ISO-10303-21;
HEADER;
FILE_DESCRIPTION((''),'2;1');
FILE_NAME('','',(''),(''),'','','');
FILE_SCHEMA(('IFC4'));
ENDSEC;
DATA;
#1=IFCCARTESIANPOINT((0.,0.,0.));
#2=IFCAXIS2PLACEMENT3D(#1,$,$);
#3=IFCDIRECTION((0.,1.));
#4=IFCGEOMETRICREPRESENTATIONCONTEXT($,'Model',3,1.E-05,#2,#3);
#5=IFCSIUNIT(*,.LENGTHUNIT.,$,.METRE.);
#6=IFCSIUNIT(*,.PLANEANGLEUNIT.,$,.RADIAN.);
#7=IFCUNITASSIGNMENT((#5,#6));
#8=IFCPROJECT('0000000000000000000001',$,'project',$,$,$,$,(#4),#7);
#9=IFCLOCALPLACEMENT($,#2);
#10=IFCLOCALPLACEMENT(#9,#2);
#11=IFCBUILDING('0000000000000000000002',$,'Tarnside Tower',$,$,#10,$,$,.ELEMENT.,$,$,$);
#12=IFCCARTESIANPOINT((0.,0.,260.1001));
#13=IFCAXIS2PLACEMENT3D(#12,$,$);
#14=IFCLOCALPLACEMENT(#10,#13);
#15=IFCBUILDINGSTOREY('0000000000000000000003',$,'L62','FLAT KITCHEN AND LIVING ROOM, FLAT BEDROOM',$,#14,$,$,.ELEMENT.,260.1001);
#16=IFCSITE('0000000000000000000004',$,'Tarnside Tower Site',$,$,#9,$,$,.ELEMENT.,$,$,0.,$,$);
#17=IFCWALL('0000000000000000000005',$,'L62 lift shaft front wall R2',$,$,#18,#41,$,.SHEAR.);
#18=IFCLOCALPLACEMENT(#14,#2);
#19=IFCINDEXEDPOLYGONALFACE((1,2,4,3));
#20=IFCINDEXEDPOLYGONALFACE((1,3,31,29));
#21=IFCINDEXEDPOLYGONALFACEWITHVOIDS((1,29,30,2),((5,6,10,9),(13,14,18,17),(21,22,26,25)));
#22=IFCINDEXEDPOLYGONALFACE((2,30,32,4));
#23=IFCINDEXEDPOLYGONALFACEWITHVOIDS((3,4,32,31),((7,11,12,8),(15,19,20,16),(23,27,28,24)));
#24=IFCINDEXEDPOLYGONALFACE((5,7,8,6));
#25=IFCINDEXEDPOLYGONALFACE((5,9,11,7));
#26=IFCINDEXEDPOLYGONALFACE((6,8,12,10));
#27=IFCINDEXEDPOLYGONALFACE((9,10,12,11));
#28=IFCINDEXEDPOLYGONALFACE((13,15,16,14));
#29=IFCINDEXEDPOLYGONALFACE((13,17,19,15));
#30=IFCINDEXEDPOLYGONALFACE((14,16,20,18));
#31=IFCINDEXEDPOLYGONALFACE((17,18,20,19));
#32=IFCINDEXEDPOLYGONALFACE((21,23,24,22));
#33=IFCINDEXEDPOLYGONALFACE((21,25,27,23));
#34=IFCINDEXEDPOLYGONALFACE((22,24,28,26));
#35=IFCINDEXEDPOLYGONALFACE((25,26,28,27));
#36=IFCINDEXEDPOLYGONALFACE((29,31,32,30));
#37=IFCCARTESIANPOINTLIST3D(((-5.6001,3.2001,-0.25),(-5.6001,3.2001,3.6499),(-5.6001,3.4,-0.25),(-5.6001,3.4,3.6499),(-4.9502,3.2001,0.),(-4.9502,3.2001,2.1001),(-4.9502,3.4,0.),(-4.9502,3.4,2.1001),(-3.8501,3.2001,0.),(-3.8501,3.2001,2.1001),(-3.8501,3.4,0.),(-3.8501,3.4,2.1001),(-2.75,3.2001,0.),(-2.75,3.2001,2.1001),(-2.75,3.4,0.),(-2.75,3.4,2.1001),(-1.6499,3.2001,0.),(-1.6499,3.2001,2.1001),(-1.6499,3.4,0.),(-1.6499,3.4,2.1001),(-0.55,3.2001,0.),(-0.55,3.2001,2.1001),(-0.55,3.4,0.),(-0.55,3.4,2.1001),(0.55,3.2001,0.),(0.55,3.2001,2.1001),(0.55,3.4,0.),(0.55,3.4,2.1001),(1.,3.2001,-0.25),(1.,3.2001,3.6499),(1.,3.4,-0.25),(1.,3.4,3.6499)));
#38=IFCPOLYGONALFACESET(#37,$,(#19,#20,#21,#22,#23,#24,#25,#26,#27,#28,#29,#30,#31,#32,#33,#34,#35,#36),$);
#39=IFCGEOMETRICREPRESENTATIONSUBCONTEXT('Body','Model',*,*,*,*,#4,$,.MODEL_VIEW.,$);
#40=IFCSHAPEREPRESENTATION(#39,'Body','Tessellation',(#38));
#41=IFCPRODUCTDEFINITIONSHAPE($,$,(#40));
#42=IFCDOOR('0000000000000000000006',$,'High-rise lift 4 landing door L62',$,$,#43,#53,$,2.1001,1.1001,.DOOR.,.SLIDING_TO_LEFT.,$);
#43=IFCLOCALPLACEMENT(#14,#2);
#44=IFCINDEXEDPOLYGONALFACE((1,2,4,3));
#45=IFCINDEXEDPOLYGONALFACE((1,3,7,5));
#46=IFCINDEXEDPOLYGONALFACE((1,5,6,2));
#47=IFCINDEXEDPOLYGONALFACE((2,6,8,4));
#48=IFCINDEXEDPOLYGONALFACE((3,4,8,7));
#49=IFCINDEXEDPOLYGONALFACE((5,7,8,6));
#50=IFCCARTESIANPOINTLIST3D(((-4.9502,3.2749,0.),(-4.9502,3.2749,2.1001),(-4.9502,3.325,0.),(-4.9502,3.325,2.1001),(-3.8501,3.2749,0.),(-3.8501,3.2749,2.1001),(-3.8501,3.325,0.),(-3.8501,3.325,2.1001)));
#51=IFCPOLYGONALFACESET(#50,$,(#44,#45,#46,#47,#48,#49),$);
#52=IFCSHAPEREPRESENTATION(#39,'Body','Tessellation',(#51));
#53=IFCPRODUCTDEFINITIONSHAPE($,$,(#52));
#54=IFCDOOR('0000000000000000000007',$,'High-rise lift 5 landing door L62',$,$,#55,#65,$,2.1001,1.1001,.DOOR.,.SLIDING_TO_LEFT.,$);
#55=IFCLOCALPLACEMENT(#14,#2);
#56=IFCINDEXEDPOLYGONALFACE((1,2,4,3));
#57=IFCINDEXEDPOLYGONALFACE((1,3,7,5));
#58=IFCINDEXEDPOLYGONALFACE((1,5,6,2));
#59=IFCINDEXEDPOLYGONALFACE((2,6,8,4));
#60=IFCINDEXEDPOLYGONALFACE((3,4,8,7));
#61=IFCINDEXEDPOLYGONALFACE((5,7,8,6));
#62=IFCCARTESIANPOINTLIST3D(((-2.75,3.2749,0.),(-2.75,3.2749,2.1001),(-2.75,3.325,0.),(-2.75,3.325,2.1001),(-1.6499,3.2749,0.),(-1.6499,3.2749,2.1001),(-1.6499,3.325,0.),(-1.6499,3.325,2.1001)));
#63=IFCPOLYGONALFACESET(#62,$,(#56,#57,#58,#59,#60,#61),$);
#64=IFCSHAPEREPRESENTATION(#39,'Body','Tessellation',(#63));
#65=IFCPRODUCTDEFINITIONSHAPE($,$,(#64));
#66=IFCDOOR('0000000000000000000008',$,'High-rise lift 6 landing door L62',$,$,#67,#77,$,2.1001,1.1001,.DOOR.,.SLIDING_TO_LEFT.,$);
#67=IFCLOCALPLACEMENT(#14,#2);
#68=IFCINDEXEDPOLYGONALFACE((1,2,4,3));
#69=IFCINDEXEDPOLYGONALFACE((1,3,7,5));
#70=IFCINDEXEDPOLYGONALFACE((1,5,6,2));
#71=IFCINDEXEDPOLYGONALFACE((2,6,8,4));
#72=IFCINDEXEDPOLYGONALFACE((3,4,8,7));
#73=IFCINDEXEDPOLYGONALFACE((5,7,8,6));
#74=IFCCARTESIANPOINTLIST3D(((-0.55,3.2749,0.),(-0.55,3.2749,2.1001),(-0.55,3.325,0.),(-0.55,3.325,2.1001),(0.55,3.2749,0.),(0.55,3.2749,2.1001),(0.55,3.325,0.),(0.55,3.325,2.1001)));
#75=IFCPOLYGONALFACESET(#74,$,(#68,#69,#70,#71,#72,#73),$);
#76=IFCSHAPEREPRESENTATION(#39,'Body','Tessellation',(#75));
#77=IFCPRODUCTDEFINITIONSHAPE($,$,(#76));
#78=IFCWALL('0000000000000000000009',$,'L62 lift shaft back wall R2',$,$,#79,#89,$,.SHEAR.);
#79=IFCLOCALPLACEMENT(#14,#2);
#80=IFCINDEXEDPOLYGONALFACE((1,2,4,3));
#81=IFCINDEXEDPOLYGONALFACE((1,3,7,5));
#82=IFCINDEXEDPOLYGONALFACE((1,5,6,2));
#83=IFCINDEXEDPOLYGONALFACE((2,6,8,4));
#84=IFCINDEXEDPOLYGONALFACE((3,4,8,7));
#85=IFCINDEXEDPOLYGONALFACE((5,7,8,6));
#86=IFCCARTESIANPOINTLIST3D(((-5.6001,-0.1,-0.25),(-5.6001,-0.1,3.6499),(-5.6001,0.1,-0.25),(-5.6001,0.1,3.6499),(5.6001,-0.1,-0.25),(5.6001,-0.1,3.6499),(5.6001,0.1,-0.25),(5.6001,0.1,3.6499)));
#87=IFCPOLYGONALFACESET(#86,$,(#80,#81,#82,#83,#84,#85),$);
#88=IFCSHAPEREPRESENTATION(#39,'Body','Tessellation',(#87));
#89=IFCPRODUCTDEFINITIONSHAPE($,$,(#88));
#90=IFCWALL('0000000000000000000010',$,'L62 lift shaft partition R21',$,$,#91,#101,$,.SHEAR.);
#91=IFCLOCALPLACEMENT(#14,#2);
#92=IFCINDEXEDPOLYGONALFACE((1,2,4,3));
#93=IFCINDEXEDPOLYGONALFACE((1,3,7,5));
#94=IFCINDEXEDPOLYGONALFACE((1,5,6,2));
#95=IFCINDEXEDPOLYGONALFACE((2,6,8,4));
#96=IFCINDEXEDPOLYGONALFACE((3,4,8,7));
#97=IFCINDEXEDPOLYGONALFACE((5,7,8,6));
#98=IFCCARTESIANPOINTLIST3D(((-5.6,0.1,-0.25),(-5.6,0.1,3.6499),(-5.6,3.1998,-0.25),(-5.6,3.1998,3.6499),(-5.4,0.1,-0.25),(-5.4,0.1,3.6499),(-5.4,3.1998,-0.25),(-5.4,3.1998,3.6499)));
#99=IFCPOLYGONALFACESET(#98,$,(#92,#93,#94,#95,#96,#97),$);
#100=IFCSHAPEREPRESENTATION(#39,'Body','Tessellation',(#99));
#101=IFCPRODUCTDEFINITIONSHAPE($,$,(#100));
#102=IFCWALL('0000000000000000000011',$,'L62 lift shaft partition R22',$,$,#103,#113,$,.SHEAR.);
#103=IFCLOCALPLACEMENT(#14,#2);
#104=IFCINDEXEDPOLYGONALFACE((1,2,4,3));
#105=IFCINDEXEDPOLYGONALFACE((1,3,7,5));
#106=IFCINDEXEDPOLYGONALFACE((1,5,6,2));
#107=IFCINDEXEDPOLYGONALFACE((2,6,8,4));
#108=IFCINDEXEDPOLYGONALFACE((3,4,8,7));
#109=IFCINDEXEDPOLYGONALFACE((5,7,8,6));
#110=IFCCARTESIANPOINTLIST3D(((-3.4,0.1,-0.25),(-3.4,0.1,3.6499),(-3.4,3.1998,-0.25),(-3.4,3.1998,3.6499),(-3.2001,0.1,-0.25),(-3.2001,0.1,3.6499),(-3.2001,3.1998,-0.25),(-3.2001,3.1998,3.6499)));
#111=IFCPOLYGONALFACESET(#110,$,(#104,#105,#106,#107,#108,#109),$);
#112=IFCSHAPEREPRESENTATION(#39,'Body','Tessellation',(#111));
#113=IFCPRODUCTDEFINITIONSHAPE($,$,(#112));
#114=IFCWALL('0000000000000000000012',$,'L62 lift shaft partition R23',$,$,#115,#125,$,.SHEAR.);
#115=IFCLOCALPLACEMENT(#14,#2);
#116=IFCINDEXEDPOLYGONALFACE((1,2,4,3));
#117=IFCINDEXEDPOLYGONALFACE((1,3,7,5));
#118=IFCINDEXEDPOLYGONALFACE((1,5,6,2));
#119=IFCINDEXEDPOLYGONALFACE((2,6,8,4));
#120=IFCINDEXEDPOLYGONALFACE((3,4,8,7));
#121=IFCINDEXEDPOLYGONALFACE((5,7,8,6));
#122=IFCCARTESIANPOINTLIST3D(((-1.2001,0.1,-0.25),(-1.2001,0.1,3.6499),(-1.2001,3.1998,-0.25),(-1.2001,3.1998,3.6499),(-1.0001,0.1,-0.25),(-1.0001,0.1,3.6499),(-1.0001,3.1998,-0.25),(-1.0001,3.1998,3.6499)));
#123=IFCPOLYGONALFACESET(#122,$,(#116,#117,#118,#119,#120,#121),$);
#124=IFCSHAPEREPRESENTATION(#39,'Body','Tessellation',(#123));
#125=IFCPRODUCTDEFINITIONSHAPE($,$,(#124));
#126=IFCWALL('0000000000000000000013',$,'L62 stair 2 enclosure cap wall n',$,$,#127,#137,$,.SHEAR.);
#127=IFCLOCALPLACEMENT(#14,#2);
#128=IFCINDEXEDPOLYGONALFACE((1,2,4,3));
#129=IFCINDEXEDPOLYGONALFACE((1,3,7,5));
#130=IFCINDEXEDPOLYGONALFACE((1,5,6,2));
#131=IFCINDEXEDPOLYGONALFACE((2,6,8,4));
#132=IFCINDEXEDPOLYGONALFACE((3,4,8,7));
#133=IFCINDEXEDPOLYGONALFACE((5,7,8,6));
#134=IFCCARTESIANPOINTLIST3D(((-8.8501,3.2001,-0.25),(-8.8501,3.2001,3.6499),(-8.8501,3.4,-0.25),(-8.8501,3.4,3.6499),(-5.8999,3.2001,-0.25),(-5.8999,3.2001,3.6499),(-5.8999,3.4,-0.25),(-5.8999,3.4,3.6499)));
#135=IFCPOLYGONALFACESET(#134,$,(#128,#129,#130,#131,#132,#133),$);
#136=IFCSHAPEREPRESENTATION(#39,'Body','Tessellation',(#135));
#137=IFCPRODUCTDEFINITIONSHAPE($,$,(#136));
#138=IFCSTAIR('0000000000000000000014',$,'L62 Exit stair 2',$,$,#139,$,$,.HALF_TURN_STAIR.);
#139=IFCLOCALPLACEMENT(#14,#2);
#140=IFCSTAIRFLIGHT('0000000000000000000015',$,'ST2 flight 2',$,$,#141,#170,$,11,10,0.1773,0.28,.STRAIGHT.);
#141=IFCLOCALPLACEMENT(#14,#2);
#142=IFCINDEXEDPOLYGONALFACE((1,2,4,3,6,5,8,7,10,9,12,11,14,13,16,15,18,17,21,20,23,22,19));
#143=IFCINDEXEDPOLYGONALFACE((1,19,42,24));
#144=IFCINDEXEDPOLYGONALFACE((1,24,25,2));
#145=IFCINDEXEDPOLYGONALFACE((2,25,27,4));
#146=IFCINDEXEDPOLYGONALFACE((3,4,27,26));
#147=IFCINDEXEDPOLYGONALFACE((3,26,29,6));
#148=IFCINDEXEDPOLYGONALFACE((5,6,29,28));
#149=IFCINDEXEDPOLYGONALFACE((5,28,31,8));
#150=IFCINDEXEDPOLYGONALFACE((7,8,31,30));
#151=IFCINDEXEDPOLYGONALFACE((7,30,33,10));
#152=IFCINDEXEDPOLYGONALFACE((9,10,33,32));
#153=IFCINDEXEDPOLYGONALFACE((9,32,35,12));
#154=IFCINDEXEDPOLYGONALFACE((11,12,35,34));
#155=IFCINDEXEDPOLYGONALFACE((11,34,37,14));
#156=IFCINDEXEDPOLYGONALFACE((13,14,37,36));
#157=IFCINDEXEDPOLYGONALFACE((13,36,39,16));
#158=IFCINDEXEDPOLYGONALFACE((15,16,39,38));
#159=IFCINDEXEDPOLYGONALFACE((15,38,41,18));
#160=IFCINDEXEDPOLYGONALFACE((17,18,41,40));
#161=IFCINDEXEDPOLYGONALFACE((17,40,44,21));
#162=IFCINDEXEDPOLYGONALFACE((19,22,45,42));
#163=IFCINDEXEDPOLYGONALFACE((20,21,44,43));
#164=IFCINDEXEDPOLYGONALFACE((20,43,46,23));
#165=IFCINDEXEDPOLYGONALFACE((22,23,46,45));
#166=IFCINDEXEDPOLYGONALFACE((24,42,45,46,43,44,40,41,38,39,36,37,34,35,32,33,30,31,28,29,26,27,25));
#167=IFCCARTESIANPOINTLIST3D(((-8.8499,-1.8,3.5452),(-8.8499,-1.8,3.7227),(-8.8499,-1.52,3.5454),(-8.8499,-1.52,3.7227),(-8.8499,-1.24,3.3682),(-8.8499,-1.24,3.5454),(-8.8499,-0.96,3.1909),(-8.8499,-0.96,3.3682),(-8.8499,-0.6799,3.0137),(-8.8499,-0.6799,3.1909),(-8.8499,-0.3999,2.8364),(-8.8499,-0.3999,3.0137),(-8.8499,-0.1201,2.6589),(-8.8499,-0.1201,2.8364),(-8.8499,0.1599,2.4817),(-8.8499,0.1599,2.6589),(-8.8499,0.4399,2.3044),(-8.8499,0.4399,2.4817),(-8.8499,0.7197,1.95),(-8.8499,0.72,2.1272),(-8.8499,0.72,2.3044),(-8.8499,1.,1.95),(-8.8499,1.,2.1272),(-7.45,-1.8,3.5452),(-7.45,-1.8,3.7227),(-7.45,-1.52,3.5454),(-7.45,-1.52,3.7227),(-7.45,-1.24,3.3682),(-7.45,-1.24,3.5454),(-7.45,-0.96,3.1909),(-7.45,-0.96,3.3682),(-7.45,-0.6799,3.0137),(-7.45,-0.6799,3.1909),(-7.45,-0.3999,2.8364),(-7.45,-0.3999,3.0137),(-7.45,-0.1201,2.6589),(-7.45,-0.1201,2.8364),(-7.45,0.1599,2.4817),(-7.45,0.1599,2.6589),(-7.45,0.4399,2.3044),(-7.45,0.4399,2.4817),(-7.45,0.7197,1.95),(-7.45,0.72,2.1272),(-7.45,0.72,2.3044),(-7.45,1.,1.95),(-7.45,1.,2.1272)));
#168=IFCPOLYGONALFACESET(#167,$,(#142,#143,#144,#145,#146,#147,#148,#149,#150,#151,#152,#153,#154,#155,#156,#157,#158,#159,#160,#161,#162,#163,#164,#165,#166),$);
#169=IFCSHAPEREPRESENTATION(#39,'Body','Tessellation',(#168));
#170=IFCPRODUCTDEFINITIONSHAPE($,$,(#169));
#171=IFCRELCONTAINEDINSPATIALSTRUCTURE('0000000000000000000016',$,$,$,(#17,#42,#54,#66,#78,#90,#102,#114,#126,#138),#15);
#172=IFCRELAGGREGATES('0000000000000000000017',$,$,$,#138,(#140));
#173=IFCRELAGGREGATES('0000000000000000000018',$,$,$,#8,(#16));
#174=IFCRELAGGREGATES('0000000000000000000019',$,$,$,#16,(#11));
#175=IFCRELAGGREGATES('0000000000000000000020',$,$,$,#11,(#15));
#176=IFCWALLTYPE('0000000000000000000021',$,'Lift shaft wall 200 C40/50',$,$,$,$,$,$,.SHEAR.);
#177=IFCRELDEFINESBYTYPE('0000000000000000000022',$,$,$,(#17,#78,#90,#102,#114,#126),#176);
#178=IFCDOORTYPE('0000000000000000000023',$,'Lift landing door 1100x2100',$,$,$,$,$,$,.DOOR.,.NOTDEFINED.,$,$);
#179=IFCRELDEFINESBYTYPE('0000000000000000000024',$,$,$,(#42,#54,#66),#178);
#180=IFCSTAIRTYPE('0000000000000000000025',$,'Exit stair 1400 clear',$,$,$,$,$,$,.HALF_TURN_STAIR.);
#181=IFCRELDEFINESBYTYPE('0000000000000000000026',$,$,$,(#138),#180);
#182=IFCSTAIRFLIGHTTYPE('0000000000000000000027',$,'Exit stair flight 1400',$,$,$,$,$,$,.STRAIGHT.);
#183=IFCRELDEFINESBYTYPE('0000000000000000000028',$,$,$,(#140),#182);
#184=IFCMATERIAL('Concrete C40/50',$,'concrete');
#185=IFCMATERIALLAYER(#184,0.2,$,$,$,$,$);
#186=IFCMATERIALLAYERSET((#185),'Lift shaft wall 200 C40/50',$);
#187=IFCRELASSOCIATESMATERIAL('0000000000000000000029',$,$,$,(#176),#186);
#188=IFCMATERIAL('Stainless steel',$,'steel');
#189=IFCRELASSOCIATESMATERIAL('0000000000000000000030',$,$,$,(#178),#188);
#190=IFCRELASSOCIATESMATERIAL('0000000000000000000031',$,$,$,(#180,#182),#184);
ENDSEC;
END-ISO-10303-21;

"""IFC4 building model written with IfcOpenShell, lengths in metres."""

from ifc_helpers import new_model, si_unit, direction, frame, frame_2d, origin, place, context, subcontext, project, spatial, polyline, rectangle, outline, extrude, material, layer, layer_set, type_object, element, fill, aggregate, save


model = new_model("IFC4")

# Units and contexts
model_context = context("Model", 3, precision=1e-05, world=origin(), true_north=direction((0.0, 1.0)))
body_context = subcontext(model_context, "Body", "Model", "MODEL_VIEW")
ifc_project = project(units=[si_unit("LENGTHUNIT", "METRE"), si_unit("PLANEANGLEUNIT", "RADIAN")], contexts=[model_context])

# Site, building, storey
site_placement = place(None, origin())
site = spatial("IfcSite", under=ifc_project, at=site_placement, Name="Tarnside Tower Site", CompositionType="ELEMENT", RefElevation=0.0)
building_placement = place(site_placement, origin())
building = spatial("IfcBuilding", under=site, at=building_placement, Name="Tarnside Tower", CompositionType="ELEMENT")
storey_placement = place(building_placement, frame((0.0, 0.0, 260.1001)))
storey = spatial("IfcBuildingStorey", under=building, at=storey_placement, Name="L62", Description="FLAT KITCHEN AND LIVING ROOM, FLAT BEDROOM", CompositionType="ELEMENT", Elevation=260.1001)

# Shared definitions
ifc_material_1 = material(Name="Concrete C40/50", Category="concrete")
ifc_layer_1 = layer(ifc_material_1, 0.2)
ifc_layer_set_1 = layer_set([ifc_layer_1], Name="Lift shaft wall 200 C40/50")
wall_type_1 = type_object("IfcWallType", Name="Lift shaft wall 200 C40/50", PredefinedType="SHEAR", material=ifc_layer_set_1)
ifc_material_2 = material(Name="Stainless steel", Category="steel")
door_type_1 = type_object("IfcDoorType", Name="Lift landing door 1100x2100", OperationType="NOTDEFINED", PredefinedType="DOOR", material=ifc_material_2)

# Wall, openings, doors
wall_1_placement = place(storey_placement, frame((-5.6001, 3.3, -0.25), z_axis=(0.0, 0.0, 1.0), x_axis=(1.0, 0.0, 0.0)))
wall_1 = element("IfcWall", 1, at=wall_1_placement, inside=storey, type_object=wall_type_1, Name="L62 lift shaft front wall R2", PredefinedType="SHEAR", context=body_context, shape_type="SweptSolid", body=[
    extrude(rectangle(XDim=6.6001, YDim=0.2, at=frame_2d((3.3, 0.0))), origin(), (0.0, 0.0, 1.0), 3.8999),
])
opening_1_placement = place(wall_1_placement, frame((0.6499, 0.0, 0.25)))
opening_1 = element("IfcOpeningElement", 2, at=opening_1_placement, cuts=wall_1, PredefinedType="OPENING", context=body_context, shape_type="SweptSolid", body=[
    extrude(rectangle(XDim=1.1001, YDim=2.1001, at=frame_2d((0.55, 1.05))), frame((0.0, 0.1099, 0.0), z_axis=(0.0, -1.0, 0.0), x_axis=(1.0, 0.0, 0.0)), (0.0, 0.0, 1.0), 0.22),
])
opening_2_placement = place(wall_1_placement, frame((2.8501, 0.0, 0.25)))
opening_2 = element("IfcOpeningElement", 3, at=opening_2_placement, cuts=wall_1, PredefinedType="OPENING", context=body_context, shape_type="SweptSolid", body=[
    extrude(rectangle(XDim=1.1001, YDim=2.1001, at=frame_2d((0.55, 1.05))), frame((0.0, 0.1099, 0.0), z_axis=(0.0, -1.0, 0.0), x_axis=(1.0, 0.0, 0.0)), (0.0, 0.0, 1.0), 0.22),
])
opening_3_placement = place(wall_1_placement, frame((5.05, 0.0, 0.25)))
opening_3 = element("IfcOpeningElement", 4, at=opening_3_placement, cuts=wall_1, PredefinedType="OPENING", context=body_context, shape_type="SweptSolid", body=[
    extrude(rectangle(XDim=1.1001, YDim=2.1001, at=frame_2d((0.55, 1.05))), frame((0.0, 0.1099, 0.0), z_axis=(0.0, -1.0, 0.0), x_axis=(1.0, 0.0, 0.0)), (0.0, 0.0, 1.0), 0.22),
])
door_1_placement = place(opening_1_placement, origin())
door_1 = element("IfcDoor", 5, at=door_1_placement, inside=storey, type_object=door_type_1, Name="High-rise lift 4 landing door L62", OperationType="SLIDING_TO_LEFT", OverallHeight=2.1001, OverallWidth=1.1001, PredefinedType="DOOR", context=body_context, shape_type="SweptSolid", body=[
    extrude(rectangle(XDim=1.1001, YDim=2.1001, at=frame_2d((0.55, 1.05))), frame((0.0, 0.0249, 0.0), z_axis=(0.0, -1.0, 0.0), x_axis=(1.0, 0.0, 0.0)), (0.0, 0.0, 1.0), 0.05),
])
fill(opening_1, door_1)
door_2_placement = place(opening_2_placement, origin())
door_2 = element("IfcDoor", 6, at=door_2_placement, inside=storey, type_object=door_type_1, Name="High-rise lift 5 landing door L62", OperationType="SLIDING_TO_LEFT", OverallHeight=2.1001, OverallWidth=1.1001, PredefinedType="DOOR", context=body_context, shape_type="SweptSolid", body=[
    extrude(rectangle(XDim=1.1001, YDim=2.1001, at=frame_2d((0.55, 1.05))), frame((0.0, 0.0249, 0.0), z_axis=(0.0, -1.0, 0.0), x_axis=(1.0, 0.0, 0.0)), (0.0, 0.0, 1.0), 0.05),
])
fill(opening_2, door_2)
door_3_placement = place(opening_3_placement, origin())
door_3 = element("IfcDoor", 7, at=door_3_placement, inside=storey, type_object=door_type_1, Name="High-rise lift 6 landing door L62", OperationType="SLIDING_TO_LEFT", OverallHeight=2.1001, OverallWidth=1.1001, PredefinedType="DOOR", context=body_context, shape_type="SweptSolid", body=[
    extrude(rectangle(XDim=1.1001, YDim=2.1001, at=frame_2d((0.55, 1.05))), frame((0.0, 0.0249, 0.0), z_axis=(0.0, -1.0, 0.0), x_axis=(1.0, 0.0, 0.0)), (0.0, 0.0, 1.0), 0.05),
])
fill(opening_3, door_3)

# Walls
wall_2_placement = place(storey_placement, frame((-5.6001, 0.0, -0.25), z_axis=(0.0, 0.0, 1.0), x_axis=(1.0, 0.0, 0.0)))
element("IfcWall", 8, at=wall_2_placement, inside=storey, type_object=wall_type_1, Name="L62 lift shaft back wall R2", PredefinedType="SHEAR", context=body_context, shape_type="SweptSolid", body=[
    extrude(rectangle(XDim=11.2002, YDim=0.2, at=frame_2d((5.6001, 0.0))), origin(), (0.0, 0.0, 1.0), 3.8999),
])
for number, where, z_axis, x_axis, name in (
    (9, (-5.5, 0.1001, -0.25), (0.0, 0.0, 1.0), (0.0, 1.0, 0.0), "L62 lift shaft partition R21"),
    (10, (-3.3, 0.1001, -0.25), (0.0, 0.0, 1.0), (0.0, 1.0, 0.0), "L62 lift shaft partition R22"),
    (11, (-1.1001, 0.1001, -0.25), (0.0, 0.0, 1.0), (0.0, 1.0, 0.0), "L62 lift shaft partition R23"),
):
    element("IfcWall", number, at=place(storey_placement, frame(where, z_axis=z_axis, x_axis=x_axis)), inside=storey, type_object=wall_type_1, Name=name, PredefinedType="SHEAR", context=body_context, shape_type="SweptSolid", body=[
        extrude(rectangle(XDim=3.0999, YDim=0.2, at=frame_2d((1.5498, 0.0))), origin(), (0.0, 0.0, 1.0), 3.8999),
    ])
wall_3_placement = place(storey_placement, frame((-8.8501, 3.3, -0.25), z_axis=(0.0, 0.0, 1.0), x_axis=(1.0, 0.0, 0.0)))
element("IfcWall", 12, at=wall_3_placement, inside=storey, type_object=wall_type_1, Name="L62 stair 2 enclosure cap wall n", PredefinedType="SHEAR", context=body_context, shape_type="SweptSolid", body=[
    extrude(rectangle(XDim=2.9502, YDim=0.2, at=frame_2d((1.4751, 0.0))), origin(), (0.0, 0.0, 1.0), 3.8999),
])

# Stair, stair flight
stair_type = type_object("IfcStairType", Name="Exit stair 1400 clear", PredefinedType="HALF_TURN_STAIR", material=ifc_material_1)
stair_placement = place(storey_placement, origin())
stair = element("IfcStair", 13, at=stair_placement, inside=storey, type_object=stair_type, Name="L62 Exit stair 2", PredefinedType="HALF_TURN_STAIR")
stair_flight_type = type_object("IfcStairFlightType", Name="Exit stair flight 1400", PredefinedType="STRAIGHT", material=ifc_material_1)
stair_flight_placement = place(storey_placement, frame((-8.1499, 1.0, 1.95), z_axis=(0.0, 0.0, 1.0), x_axis=(0.0, -1.0, 0.0)))
stair_flight = element("IfcStairFlight", 14, at=stair_flight_placement, type_object=stair_flight_type, Name="ST2 flight 2", NumberOfRisers=11, NumberOfTreads=10, PredefinedType="STRAIGHT", RiserHeight=0.1773, TreadLength=0.28, context=body_context, shape_type="SweptSolid", body=[
    extrude(outline(polyline([(0.0, 0.0), (0.0, 0.1772), (0.28, 0.1772), (0.28, 0.3545), (0.5601, 0.3545), (0.5601, 0.5317), (0.8401, 0.5317), (0.8401, 0.709), (1.1201, 0.709), (1.1201, 0.8865), (1.3999, 0.8865), (1.3999, 1.0637), (1.6799, 1.0637), (1.6799, 1.241), (1.96, 1.241), (1.96, 1.4182), (2.24, 1.4182), (2.24, 1.5955), (2.52, 1.5955), (2.52, 1.7727), (2.8, 1.7727), (2.8, 1.95), (2.8, 1.5952), (0.2803, 0.0), (0.0, 0.0)])), frame((0.0, 0.7, 0.0), z_axis=(0.0, -1.0, 0.0), x_axis=(1.0, 0.0, 0.0)), (0.0, 0.0, 1.0), 1.3999),
])
aggregate(stair, [stair_flight])

save(model, "model.ifc")
